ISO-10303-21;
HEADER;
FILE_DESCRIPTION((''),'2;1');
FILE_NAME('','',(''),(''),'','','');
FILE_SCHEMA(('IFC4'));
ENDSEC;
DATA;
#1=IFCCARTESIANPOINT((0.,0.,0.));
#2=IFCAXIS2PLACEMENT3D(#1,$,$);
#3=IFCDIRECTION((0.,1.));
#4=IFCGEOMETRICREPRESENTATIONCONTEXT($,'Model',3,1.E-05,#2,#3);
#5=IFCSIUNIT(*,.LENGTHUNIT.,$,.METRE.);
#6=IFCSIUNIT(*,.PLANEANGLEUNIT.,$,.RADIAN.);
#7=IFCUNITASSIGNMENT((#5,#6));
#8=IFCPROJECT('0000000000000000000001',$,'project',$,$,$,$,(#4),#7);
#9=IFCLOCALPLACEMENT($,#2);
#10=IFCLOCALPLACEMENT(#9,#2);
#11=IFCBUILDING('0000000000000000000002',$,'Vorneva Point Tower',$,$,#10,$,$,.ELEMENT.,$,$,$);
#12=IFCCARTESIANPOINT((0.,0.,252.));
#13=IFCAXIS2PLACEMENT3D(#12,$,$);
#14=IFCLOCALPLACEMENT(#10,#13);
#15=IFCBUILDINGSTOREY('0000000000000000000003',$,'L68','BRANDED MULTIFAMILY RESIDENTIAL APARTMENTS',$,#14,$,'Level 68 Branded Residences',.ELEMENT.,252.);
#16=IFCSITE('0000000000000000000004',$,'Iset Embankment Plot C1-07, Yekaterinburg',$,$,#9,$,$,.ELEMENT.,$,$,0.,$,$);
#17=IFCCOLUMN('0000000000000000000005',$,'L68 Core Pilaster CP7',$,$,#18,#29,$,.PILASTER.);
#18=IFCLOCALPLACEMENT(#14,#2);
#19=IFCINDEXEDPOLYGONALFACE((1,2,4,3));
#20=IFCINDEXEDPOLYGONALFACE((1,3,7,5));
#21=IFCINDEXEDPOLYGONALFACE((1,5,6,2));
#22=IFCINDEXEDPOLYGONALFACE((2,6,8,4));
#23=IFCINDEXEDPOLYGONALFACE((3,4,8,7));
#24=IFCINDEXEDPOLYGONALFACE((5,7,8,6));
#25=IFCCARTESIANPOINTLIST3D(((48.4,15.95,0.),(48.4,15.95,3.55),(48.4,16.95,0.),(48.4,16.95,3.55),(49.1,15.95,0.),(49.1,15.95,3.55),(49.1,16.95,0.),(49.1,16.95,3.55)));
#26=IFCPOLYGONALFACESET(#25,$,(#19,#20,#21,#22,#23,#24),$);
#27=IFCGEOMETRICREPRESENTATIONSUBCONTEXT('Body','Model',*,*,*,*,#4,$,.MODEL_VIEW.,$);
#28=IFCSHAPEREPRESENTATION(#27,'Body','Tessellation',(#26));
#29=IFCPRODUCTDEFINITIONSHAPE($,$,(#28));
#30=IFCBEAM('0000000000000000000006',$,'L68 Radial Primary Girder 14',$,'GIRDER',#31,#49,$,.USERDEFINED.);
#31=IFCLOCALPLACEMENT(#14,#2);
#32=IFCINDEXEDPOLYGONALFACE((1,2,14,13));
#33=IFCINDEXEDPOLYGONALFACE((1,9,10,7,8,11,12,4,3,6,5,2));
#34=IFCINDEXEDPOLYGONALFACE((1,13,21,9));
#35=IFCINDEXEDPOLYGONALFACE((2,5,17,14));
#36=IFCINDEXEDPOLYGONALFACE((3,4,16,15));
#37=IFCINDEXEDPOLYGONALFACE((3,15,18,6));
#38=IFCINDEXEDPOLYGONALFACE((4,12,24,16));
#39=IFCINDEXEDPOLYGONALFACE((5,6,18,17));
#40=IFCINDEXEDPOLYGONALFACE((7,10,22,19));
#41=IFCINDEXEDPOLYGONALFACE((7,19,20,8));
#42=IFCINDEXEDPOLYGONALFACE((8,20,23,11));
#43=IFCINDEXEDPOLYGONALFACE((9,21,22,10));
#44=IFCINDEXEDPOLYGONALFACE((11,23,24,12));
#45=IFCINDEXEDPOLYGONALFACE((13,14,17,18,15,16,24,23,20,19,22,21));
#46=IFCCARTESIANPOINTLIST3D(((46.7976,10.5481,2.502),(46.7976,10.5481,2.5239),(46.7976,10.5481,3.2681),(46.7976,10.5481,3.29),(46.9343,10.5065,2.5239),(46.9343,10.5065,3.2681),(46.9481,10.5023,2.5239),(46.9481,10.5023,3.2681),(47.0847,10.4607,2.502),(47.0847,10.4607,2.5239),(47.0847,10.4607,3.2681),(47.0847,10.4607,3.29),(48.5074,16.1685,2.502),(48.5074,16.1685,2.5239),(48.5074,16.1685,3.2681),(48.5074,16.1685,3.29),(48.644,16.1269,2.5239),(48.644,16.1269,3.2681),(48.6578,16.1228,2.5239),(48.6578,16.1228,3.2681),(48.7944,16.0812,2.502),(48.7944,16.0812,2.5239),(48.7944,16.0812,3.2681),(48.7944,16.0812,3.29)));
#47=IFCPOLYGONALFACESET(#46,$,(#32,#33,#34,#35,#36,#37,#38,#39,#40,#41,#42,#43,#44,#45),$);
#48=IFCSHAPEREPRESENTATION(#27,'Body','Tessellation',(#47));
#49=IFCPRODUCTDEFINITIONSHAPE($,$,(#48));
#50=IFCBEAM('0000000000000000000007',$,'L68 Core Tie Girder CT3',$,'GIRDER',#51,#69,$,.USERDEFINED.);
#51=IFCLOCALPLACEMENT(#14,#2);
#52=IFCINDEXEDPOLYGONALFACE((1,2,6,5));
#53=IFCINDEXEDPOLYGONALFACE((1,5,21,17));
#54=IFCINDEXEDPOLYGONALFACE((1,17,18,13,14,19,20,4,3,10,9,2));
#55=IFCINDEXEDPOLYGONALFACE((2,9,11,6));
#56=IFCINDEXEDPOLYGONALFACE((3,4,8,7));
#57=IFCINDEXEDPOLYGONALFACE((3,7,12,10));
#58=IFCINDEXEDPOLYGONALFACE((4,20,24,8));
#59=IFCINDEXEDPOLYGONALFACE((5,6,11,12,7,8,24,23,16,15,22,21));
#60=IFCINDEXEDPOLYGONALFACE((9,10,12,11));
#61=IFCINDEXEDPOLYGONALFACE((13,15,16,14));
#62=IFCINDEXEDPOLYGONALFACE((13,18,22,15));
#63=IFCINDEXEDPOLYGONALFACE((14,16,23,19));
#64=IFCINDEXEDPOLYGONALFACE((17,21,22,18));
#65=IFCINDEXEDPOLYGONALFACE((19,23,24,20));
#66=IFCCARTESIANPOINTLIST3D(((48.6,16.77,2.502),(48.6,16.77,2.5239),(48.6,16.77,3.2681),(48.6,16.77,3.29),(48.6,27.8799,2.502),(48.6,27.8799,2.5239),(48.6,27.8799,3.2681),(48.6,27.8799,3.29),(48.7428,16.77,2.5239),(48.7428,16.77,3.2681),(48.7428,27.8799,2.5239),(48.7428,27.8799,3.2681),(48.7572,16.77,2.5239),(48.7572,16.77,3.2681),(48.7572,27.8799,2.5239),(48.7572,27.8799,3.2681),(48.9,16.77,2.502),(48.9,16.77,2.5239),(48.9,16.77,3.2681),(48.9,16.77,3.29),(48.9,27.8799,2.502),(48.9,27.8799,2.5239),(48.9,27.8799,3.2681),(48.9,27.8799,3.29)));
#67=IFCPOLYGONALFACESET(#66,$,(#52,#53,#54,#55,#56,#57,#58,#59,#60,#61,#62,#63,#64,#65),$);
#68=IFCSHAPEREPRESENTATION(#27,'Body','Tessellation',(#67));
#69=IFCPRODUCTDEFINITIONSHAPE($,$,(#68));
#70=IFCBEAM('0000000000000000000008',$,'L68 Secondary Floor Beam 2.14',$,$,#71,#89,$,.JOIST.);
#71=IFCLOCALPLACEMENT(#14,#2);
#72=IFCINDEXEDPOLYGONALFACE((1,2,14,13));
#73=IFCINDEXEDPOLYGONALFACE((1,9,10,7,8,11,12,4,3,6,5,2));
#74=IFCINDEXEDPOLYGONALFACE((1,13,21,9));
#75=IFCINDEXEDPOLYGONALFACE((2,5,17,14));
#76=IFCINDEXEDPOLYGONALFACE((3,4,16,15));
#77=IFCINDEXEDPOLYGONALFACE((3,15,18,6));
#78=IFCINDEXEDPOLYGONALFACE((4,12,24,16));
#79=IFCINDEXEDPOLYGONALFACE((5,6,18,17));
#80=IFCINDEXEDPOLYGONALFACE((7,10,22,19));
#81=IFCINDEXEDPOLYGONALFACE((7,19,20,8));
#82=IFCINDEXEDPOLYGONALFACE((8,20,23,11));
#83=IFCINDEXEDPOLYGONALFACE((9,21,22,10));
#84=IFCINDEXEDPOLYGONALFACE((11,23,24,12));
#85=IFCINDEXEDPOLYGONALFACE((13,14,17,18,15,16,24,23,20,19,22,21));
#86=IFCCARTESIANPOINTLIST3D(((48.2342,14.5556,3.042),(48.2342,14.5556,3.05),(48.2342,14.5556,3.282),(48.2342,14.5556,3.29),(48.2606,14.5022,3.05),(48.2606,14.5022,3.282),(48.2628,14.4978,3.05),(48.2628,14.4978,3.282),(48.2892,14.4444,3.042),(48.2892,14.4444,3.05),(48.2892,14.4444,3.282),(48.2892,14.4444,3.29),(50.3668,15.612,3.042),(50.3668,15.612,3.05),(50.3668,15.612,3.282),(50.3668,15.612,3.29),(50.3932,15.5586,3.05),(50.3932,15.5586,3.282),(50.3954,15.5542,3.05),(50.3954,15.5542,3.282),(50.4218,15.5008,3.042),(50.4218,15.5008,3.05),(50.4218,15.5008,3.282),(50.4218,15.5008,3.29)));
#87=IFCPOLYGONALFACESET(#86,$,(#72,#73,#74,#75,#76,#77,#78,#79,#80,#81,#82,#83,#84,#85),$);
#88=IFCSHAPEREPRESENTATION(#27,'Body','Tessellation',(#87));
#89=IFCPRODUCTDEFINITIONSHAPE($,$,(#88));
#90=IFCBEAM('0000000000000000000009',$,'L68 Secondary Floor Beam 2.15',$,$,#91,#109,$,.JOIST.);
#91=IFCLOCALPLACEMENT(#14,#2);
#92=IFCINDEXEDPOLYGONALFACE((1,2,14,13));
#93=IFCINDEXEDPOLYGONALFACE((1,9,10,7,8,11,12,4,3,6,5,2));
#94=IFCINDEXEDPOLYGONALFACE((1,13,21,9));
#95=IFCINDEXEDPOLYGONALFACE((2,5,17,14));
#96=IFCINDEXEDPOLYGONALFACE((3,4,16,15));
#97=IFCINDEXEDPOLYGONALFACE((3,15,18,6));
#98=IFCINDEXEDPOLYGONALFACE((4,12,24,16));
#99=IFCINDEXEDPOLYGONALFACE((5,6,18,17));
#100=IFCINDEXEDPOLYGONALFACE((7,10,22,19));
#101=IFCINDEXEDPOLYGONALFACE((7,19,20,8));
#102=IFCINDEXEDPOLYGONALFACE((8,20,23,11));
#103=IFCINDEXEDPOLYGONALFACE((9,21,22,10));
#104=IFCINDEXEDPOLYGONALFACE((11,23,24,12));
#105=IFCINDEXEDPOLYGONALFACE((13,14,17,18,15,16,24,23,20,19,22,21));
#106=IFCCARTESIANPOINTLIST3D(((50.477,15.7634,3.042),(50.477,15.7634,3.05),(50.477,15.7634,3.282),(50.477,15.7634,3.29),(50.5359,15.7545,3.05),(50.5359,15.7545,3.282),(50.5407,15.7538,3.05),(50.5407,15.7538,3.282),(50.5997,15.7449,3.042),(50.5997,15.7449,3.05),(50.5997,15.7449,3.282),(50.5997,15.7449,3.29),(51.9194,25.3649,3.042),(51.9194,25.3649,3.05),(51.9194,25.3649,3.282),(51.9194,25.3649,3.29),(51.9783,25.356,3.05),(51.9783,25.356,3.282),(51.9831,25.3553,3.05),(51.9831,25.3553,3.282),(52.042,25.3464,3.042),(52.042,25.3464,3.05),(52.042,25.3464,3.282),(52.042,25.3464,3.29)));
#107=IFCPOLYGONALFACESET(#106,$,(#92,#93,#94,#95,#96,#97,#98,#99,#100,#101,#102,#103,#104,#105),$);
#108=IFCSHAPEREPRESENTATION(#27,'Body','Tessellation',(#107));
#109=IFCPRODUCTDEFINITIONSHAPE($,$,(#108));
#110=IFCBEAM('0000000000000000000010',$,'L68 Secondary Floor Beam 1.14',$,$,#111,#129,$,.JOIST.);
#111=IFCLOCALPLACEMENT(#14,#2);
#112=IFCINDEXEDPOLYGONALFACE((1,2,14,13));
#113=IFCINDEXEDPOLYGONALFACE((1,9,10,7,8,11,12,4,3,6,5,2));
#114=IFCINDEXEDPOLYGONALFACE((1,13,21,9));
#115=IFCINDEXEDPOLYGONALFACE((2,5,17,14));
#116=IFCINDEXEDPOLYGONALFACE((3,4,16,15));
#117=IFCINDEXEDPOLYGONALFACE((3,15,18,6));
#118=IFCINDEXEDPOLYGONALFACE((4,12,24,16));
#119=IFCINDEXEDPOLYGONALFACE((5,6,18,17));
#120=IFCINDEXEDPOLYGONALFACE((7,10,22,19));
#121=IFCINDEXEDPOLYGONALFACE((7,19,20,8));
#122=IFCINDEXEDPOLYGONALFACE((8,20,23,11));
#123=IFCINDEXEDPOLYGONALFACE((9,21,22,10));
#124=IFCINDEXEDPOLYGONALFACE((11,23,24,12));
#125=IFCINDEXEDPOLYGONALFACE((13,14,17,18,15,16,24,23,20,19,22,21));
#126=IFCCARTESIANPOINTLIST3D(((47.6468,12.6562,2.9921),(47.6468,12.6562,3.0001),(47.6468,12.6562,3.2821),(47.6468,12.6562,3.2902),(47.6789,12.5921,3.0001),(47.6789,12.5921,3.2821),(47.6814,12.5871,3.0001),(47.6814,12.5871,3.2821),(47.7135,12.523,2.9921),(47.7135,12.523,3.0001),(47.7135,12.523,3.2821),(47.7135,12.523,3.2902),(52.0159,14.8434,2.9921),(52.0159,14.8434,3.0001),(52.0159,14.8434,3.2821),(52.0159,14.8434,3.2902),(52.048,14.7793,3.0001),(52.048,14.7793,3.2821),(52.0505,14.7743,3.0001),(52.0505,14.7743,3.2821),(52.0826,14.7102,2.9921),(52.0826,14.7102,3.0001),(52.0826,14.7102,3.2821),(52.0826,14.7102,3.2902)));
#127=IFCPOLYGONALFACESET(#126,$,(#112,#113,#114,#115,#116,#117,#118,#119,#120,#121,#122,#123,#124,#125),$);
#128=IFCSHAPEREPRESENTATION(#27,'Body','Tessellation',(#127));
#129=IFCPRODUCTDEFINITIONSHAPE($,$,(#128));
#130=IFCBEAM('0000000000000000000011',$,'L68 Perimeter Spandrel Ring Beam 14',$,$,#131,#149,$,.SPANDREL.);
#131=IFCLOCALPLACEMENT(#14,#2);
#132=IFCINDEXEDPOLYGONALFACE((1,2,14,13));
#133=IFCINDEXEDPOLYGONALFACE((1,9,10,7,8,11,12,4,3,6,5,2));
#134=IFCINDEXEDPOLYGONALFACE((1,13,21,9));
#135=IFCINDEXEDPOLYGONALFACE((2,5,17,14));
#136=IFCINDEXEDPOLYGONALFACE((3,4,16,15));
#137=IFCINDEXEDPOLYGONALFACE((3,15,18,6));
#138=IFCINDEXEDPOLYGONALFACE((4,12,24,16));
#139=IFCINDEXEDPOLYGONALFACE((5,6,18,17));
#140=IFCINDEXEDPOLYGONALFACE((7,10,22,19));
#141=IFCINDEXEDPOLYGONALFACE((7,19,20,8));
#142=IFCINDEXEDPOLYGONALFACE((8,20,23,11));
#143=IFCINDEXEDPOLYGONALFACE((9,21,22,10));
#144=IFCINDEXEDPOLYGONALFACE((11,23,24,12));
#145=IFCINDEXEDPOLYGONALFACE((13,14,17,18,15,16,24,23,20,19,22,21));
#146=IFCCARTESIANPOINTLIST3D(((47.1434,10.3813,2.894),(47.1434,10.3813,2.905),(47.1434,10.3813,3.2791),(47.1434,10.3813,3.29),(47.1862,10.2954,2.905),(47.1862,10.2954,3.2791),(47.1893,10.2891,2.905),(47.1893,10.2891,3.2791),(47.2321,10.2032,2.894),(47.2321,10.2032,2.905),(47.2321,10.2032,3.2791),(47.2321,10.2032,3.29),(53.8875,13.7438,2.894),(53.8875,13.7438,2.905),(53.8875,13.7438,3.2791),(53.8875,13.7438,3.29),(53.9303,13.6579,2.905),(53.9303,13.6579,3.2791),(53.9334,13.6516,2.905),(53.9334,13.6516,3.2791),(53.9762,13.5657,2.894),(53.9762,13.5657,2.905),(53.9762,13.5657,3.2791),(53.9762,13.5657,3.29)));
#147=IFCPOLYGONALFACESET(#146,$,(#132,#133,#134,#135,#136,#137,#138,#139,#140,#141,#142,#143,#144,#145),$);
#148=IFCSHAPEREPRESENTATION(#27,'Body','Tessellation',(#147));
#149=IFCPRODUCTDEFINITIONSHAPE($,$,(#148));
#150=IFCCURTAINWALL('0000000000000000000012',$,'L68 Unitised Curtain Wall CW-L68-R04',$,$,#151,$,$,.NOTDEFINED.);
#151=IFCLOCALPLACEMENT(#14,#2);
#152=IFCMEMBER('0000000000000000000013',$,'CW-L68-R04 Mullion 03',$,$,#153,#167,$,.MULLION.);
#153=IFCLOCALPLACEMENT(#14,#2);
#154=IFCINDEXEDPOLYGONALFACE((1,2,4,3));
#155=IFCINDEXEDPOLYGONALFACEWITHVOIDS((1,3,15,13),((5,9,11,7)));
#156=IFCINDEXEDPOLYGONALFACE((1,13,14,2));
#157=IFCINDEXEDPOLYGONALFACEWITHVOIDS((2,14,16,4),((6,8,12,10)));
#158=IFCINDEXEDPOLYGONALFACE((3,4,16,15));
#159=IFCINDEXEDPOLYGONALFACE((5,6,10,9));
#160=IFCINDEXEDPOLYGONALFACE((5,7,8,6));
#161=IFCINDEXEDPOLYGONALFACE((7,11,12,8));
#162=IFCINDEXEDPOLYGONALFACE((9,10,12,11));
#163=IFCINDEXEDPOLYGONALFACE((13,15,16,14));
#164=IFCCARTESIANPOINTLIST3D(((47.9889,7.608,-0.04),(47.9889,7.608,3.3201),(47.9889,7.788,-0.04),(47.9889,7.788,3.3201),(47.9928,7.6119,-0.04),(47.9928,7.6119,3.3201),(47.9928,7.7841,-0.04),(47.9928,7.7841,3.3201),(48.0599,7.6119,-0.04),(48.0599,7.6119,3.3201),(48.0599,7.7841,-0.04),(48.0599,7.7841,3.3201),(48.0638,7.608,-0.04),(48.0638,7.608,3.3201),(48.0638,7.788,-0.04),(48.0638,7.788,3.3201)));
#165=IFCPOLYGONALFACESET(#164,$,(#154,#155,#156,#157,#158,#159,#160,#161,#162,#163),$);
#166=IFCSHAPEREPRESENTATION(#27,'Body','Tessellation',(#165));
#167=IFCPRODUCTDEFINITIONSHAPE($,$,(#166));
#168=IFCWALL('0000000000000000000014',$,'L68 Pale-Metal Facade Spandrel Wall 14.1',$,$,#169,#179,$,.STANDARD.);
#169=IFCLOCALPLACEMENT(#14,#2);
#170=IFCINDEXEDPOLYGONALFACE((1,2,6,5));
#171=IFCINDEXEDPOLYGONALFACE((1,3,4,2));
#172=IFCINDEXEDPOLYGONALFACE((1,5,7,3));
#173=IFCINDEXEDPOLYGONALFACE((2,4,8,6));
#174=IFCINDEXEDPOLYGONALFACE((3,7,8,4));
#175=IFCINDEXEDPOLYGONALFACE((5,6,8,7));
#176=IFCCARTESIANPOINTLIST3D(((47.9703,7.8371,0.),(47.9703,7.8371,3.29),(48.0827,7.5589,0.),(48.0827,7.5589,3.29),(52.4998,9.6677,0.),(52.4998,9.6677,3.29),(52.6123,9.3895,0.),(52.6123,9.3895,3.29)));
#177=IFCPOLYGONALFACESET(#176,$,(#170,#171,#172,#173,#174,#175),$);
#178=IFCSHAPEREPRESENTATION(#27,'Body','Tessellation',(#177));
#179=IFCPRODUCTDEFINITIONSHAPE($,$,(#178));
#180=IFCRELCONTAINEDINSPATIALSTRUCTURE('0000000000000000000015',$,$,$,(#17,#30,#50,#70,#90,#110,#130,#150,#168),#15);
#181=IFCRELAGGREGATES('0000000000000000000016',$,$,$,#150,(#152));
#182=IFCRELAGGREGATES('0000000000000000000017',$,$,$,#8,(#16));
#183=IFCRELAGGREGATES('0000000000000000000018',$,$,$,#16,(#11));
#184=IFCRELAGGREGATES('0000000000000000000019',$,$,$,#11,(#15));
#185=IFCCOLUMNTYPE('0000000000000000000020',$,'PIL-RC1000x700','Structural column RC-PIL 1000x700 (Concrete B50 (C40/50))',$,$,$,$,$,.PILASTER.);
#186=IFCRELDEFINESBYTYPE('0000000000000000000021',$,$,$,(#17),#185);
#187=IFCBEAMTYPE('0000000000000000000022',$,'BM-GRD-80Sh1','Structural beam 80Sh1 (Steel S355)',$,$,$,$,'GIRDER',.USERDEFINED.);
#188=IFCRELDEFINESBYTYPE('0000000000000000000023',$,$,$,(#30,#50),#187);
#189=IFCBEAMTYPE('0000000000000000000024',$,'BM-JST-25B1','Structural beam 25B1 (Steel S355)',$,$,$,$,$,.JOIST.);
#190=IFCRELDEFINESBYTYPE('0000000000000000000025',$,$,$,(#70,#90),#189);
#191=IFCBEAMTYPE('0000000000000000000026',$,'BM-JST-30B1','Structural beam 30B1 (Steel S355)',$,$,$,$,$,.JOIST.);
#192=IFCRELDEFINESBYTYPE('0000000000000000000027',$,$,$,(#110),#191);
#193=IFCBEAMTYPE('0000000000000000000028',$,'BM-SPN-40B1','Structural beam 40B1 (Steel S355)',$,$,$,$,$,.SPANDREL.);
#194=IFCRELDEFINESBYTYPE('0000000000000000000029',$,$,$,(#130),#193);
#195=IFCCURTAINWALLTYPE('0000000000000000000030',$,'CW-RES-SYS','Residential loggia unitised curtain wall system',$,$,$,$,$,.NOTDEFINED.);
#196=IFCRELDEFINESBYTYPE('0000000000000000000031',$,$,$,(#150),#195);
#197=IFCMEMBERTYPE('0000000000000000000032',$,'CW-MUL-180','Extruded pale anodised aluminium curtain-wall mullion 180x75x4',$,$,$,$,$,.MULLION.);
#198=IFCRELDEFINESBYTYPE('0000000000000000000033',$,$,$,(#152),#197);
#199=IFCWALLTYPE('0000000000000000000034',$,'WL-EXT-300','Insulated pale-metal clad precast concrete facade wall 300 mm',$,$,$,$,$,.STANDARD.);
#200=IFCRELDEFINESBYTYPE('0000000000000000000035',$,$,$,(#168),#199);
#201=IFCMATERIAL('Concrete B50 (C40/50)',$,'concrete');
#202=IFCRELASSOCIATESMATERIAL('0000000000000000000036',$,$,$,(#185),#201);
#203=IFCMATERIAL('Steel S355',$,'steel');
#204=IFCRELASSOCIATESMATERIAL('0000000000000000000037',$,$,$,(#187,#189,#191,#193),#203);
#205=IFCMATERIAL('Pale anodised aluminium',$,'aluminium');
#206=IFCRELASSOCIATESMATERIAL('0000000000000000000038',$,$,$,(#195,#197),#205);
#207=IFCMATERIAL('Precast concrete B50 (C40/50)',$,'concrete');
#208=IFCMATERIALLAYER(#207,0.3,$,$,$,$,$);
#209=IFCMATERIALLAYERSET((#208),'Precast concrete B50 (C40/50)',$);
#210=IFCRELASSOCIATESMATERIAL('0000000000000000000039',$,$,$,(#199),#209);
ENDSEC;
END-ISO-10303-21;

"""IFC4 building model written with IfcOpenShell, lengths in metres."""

from ifc_helpers import new_model, si_unit, direction, frame, frame_2d, origin, origin_2d, place, context, subcontext, project, spatial, rectangle, hollow_rectangle, i_section, extrude, material, layer, layer_set, material_profile, profile_set, type_object, element, aggregate, save


model = new_model("IFC4")

# Units and contexts
model_context = context("Model", 3, precision=1e-05, world=origin(), true_north=direction((0.0, 1.0)))
body_context = subcontext(model_context, "Body", "Model", "MODEL_VIEW")
ifc_project = project(units=[si_unit("LENGTHUNIT", "METRE"), si_unit("PLANEANGLEUNIT", "RADIAN")], contexts=[model_context])

# Site, building, storey
site_placement = place(None, origin())
site = spatial("IfcSite", under=ifc_project, at=site_placement, Name="Iset Embankment Plot C1-07, Yekaterinburg", CompositionType="ELEMENT", RefElevation=0.0)
building_placement = place(site_placement, origin())
building = spatial("IfcBuilding", under=site, at=building_placement, Name="Vorneva Point Tower", CompositionType="ELEMENT")
storey_placement = place(building_placement, frame((0.0, 0.0, 252.0)))
storey = spatial("IfcBuildingStorey", under=building, at=storey_placement, Name="L68", Description="BRANDED MULTIFAMILY RESIDENTIAL APARTMENTS", LongName="Level 68 Branded Residences", CompositionType="ELEMENT", Elevation=252.0)

# Column
ifc_material_1 = material(Name="Concrete B50 (C40/50)", Category="concrete")
ifc_material_profile_1 = material_profile(ifc_material_1, rectangle(XDim=0.7, YDim=1.0, at=origin_2d()), Name="RC-PIL 1000x700")
ifc_profile_set_1 = profile_set([ifc_material_profile_1], Name="Concrete B50 (C40/50)")
column_type = type_object("IfcColumnType", Name="PIL-RC1000x700", Description="Structural column RC-PIL 1000x700 (Concrete B50 (C40/50))", PredefinedType="PILASTER", material=ifc_profile_set_1)
column_placement = place(storey_placement, frame((48.75, 16.45, 0.0), z_axis=(0.0, 0.0, 1.0), x_axis=(1.0, 0.0, 0.0)))
element("IfcColumn", 1, at=column_placement, inside=storey, type_object=column_type, Name="L68 Core Pilaster CP7", PredefinedType="PILASTER", context=body_context, shape_type="SweptSolid", body=[
    extrude(rectangle(XDim=0.7, YDim=1.0, at=origin_2d()), origin(), (0.0, 0.0, 1.0), 3.55),
])

# Beams
ifc_material_2 = material(Name="Steel S355", Category="steel")
ifc_material_profile_2 = material_profile(ifc_material_2, i_section(OverallWidth=0.3, OverallDepth=0.7881, WebThickness=0.0144, FlangeThickness=0.022, at=origin_2d()), Name="80Sh1")
ifc_profile_set_2 = profile_set([ifc_material_profile_2], Name="Steel S355")
beam_type_1 = type_object("IfcBeamType", Name="BM-GRD-80Sh1", Description="Structural beam 80Sh1 (Steel S355)", ElementType="GIRDER", PredefinedType="USERDEFINED", material=ifc_profile_set_2)
beam_1_placement = place(storey_placement, frame((46.9412, 10.5044, 2.896), z_axis=(0.291033, 0.956713, 0.0), x_axis=(-0.956713, 0.291033, 0.0)))
element("IfcBeam", 2, at=beam_1_placement, inside=storey, type_object=beam_type_1, Name="L68 Radial Primary Girder 14", ObjectType="GIRDER", PredefinedType="USERDEFINED", context=body_context, shape_type="SweptSolid", body=[
    extrude(i_section(OverallWidth=0.3, OverallDepth=0.7881, WebThickness=0.0144, FlangeThickness=0.022, at=origin_2d()), origin(), (0.0, 0.0, 1.0), 5.8748),
])
beam_2_placement = place(storey_placement, frame((48.75, 16.77, 2.896), z_axis=(0.0, 1.0, 0.0), x_axis=(-1.0, 0.0, 0.0)))
element("IfcBeam", 3, at=beam_2_placement, inside=storey, type_object=beam_type_1, Name="L68 Core Tie Girder CT3", ObjectType="GIRDER", PredefinedType="USERDEFINED", context=body_context, shape_type="SweptSolid", body=[
    extrude(i_section(OverallWidth=0.3, OverallDepth=0.7881, WebThickness=0.0144, FlangeThickness=0.022, at=origin_2d()), origin(), (0.0, 0.0, 1.0), 11.1099),
])
ifc_material_profile_3 = material_profile(ifc_material_2, i_section(OverallWidth=0.124, OverallDepth=0.248, WebThickness=0.0049, FlangeThickness=0.0081, at=origin_2d()), Name="25B1")
ifc_profile_set_3 = profile_set([ifc_material_profile_3], Name="Steel S355")
beam_type_2 = type_object("IfcBeamType", Name="BM-JST-25B1", Description="Structural beam 25B1 (Steel S355)", PredefinedType="JOIST", material=ifc_profile_set_3)
beam_3_placement = place(storey_placement, frame((48.2617, 14.5, 3.166), z_axis=(0.896083, 0.443887, 0.0), x_axis=(-0.443887, 0.896083, 0.0)))
element("IfcBeam", 4, at=beam_3_placement, inside=storey, type_object=beam_type_2, Name="L68 Secondary Floor Beam 2.14", PredefinedType="JOIST", context=body_context, shape_type="SweptSolid", body=[
    extrude(i_section(OverallWidth=0.124, OverallDepth=0.248, WebThickness=0.0049, FlangeThickness=0.0081, at=origin_2d()), origin(), (0.0, 0.0, 1.0), 2.3799),
])
beam_4_placement = place(storey_placement, frame((50.5383, 15.7542, 3.166), z_axis=(0.148557, 0.988904, 0.0), x_axis=(-0.988904, 0.148557, 0.0)))
element("IfcBeam", 5, at=beam_4_placement, inside=storey, type_object=beam_type_2, Name="L68 Secondary Floor Beam 2.15", PredefinedType="JOIST", context=body_context, shape_type="SweptSolid", body=[
    extrude(i_section(OverallWidth=0.124, OverallDepth=0.248, WebThickness=0.0049, FlangeThickness=0.0081, at=origin_2d()), origin(), (0.0, 0.0, 1.0), 9.7092),
])
ifc_material_profile_4 = material_profile(ifc_material_2, i_section(OverallWidth=0.1489, OverallDepth=0.2981, WebThickness=0.0056, FlangeThickness=0.0081, at=origin_2d()), Name="30B1")
ifc_profile_set_4 = profile_set([ifc_material_profile_4], Name="Steel S355")
beam_type_3 = type_object("IfcBeamType", Name="BM-JST-30B1", Description="Structural beam 30B1 (Steel S355)", PredefinedType="JOIST", material=ifc_profile_set_4)
beam_5_placement = place(storey_placement, frame((47.6802, 12.5896, 3.1411), z_axis=(0.894207, 0.447653, 0.0), x_axis=(-0.447653, 0.894207, 0.0)))
element("IfcBeam", 6, at=beam_5_placement, inside=storey, type_object=beam_type_3, Name="L68 Secondary Floor Beam 1.14", PredefinedType="JOIST", context=body_context, shape_type="SweptSolid", body=[
    extrude(i_section(OverallWidth=0.1489, OverallDepth=0.2981, WebThickness=0.0056, FlangeThickness=0.0081, at=origin_2d()), origin(), (0.0, 0.0, 1.0), 4.886),
])
ifc_material_profile_5 = material_profile(ifc_material_2, i_section(OverallWidth=0.199, OverallDepth=0.396, WebThickness=0.0071, FlangeThickness=0.011, at=origin_2d()), Name="40B1")
ifc_profile_set_5 = profile_set([ifc_material_profile_5], Name="Steel S355")
beam_type_4 = type_object("IfcBeamType", Name="BM-SPN-40B1", Description="Structural beam 40B1 (Steel S355)", PredefinedType="SPANDREL", material=ifc_profile_set_5)
beam_6_placement = place(storey_placement, frame((47.1877, 10.2922, 3.092), z_axis=(0.894932, 0.446203, 0.0), x_axis=(-0.446203, 0.894932, 0.0)))
element("IfcBeam", 7, at=beam_6_placement, inside=storey, type_object=beam_type_4, Name="L68 Perimeter Spandrel Ring Beam 14", PredefinedType="SPANDREL", context=body_context, shape_type="SweptSolid", body=[
    extrude(i_section(OverallWidth=0.199, OverallDepth=0.396, WebThickness=0.0071, FlangeThickness=0.011, at=origin_2d()), origin(), (0.0, 0.0, 1.0), 7.5359),
])

# Curtain wall, member
ifc_material_3 = material(Name="Pale anodised aluminium", Category="aluminium")
curtain_wall_type = type_object("IfcCurtainWallType", Name="CW-RES-SYS", Description="Residential loggia unitised curtain wall system", PredefinedType="NOTDEFINED", material=ifc_material_3)
curtain_wall_placement = place(storey_placement, origin())
curtain_wall = element("IfcCurtainWall", 8, at=curtain_wall_placement, inside=storey, type_object=curtain_wall_type, Name="L68 Unitised Curtain Wall CW-L68-R04", PredefinedType="NOTDEFINED")
ifc_material_profile_6 = material_profile(ifc_material_3, hollow_rectangle(XDim=0.075, YDim=0.1799, WallThickness=0.0039, at=origin_2d()), Name="AL-MUL 180x75x4")
ifc_profile_set_6 = profile_set([ifc_material_profile_6], Name="Pale anodised aluminium")
member_type = type_object("IfcMemberType", Name="CW-MUL-180", Description="Extruded pale anodised aluminium curtain-wall mullion 180x75x4", PredefinedType="MULLION", material=ifc_profile_set_6)
member_placement = place(storey_placement, frame((48.0264, 7.698, -0.04), z_axis=(0.0, 0.0, 1.0), x_axis=(1.0, 0.0, 0.0)))
member = element("IfcMember", 9, at=member_placement, type_object=member_type, Name="CW-L68-R04 Mullion 03", PredefinedType="MULLION", context=body_context, shape_type="SweptSolid", body=[
    extrude(hollow_rectangle(XDim=0.075, YDim=0.1799, WallThickness=0.0039, at=origin_2d()), origin(), (0.0, 0.0, 1.0), 3.3601),
])
aggregate(curtain_wall, [member])

# Wall
ifc_material_4 = material(Name="Precast concrete B50 (C40/50)", Category="concrete")
ifc_layer_1 = layer(ifc_material_4, 0.3)
ifc_layer_set_1 = layer_set([ifc_layer_1], Name="Precast concrete B50 (C40/50)")
wall_type_1 = type_object("IfcWallType", Name="WL-EXT-300", Description="Insulated pale-metal clad precast concrete facade wall 300 mm", PredefinedType="STANDARD", material=ifc_layer_set_1)
wall_1_placement = place(storey_placement, frame((48.0264, 7.698, 0.0), z_axis=(0.0, 0.0, 1.0), x_axis=(0.927147, 0.374697, 0.0)))
element("IfcWall", 10, at=wall_1_placement, inside=storey, type_object=wall_type_1, Name="L68 Pale-Metal Facade Spandrel Wall 14.1", PredefinedType="STANDARD", context=body_context, shape_type="SweptSolid", body=[
    extrude(rectangle(XDim=4.8855, YDim=0.3, at=frame_2d((2.4429, 0.0))), origin(), (0.0, 0.0, 1.0), 3.29),
])

save(model, "model.ifc")
